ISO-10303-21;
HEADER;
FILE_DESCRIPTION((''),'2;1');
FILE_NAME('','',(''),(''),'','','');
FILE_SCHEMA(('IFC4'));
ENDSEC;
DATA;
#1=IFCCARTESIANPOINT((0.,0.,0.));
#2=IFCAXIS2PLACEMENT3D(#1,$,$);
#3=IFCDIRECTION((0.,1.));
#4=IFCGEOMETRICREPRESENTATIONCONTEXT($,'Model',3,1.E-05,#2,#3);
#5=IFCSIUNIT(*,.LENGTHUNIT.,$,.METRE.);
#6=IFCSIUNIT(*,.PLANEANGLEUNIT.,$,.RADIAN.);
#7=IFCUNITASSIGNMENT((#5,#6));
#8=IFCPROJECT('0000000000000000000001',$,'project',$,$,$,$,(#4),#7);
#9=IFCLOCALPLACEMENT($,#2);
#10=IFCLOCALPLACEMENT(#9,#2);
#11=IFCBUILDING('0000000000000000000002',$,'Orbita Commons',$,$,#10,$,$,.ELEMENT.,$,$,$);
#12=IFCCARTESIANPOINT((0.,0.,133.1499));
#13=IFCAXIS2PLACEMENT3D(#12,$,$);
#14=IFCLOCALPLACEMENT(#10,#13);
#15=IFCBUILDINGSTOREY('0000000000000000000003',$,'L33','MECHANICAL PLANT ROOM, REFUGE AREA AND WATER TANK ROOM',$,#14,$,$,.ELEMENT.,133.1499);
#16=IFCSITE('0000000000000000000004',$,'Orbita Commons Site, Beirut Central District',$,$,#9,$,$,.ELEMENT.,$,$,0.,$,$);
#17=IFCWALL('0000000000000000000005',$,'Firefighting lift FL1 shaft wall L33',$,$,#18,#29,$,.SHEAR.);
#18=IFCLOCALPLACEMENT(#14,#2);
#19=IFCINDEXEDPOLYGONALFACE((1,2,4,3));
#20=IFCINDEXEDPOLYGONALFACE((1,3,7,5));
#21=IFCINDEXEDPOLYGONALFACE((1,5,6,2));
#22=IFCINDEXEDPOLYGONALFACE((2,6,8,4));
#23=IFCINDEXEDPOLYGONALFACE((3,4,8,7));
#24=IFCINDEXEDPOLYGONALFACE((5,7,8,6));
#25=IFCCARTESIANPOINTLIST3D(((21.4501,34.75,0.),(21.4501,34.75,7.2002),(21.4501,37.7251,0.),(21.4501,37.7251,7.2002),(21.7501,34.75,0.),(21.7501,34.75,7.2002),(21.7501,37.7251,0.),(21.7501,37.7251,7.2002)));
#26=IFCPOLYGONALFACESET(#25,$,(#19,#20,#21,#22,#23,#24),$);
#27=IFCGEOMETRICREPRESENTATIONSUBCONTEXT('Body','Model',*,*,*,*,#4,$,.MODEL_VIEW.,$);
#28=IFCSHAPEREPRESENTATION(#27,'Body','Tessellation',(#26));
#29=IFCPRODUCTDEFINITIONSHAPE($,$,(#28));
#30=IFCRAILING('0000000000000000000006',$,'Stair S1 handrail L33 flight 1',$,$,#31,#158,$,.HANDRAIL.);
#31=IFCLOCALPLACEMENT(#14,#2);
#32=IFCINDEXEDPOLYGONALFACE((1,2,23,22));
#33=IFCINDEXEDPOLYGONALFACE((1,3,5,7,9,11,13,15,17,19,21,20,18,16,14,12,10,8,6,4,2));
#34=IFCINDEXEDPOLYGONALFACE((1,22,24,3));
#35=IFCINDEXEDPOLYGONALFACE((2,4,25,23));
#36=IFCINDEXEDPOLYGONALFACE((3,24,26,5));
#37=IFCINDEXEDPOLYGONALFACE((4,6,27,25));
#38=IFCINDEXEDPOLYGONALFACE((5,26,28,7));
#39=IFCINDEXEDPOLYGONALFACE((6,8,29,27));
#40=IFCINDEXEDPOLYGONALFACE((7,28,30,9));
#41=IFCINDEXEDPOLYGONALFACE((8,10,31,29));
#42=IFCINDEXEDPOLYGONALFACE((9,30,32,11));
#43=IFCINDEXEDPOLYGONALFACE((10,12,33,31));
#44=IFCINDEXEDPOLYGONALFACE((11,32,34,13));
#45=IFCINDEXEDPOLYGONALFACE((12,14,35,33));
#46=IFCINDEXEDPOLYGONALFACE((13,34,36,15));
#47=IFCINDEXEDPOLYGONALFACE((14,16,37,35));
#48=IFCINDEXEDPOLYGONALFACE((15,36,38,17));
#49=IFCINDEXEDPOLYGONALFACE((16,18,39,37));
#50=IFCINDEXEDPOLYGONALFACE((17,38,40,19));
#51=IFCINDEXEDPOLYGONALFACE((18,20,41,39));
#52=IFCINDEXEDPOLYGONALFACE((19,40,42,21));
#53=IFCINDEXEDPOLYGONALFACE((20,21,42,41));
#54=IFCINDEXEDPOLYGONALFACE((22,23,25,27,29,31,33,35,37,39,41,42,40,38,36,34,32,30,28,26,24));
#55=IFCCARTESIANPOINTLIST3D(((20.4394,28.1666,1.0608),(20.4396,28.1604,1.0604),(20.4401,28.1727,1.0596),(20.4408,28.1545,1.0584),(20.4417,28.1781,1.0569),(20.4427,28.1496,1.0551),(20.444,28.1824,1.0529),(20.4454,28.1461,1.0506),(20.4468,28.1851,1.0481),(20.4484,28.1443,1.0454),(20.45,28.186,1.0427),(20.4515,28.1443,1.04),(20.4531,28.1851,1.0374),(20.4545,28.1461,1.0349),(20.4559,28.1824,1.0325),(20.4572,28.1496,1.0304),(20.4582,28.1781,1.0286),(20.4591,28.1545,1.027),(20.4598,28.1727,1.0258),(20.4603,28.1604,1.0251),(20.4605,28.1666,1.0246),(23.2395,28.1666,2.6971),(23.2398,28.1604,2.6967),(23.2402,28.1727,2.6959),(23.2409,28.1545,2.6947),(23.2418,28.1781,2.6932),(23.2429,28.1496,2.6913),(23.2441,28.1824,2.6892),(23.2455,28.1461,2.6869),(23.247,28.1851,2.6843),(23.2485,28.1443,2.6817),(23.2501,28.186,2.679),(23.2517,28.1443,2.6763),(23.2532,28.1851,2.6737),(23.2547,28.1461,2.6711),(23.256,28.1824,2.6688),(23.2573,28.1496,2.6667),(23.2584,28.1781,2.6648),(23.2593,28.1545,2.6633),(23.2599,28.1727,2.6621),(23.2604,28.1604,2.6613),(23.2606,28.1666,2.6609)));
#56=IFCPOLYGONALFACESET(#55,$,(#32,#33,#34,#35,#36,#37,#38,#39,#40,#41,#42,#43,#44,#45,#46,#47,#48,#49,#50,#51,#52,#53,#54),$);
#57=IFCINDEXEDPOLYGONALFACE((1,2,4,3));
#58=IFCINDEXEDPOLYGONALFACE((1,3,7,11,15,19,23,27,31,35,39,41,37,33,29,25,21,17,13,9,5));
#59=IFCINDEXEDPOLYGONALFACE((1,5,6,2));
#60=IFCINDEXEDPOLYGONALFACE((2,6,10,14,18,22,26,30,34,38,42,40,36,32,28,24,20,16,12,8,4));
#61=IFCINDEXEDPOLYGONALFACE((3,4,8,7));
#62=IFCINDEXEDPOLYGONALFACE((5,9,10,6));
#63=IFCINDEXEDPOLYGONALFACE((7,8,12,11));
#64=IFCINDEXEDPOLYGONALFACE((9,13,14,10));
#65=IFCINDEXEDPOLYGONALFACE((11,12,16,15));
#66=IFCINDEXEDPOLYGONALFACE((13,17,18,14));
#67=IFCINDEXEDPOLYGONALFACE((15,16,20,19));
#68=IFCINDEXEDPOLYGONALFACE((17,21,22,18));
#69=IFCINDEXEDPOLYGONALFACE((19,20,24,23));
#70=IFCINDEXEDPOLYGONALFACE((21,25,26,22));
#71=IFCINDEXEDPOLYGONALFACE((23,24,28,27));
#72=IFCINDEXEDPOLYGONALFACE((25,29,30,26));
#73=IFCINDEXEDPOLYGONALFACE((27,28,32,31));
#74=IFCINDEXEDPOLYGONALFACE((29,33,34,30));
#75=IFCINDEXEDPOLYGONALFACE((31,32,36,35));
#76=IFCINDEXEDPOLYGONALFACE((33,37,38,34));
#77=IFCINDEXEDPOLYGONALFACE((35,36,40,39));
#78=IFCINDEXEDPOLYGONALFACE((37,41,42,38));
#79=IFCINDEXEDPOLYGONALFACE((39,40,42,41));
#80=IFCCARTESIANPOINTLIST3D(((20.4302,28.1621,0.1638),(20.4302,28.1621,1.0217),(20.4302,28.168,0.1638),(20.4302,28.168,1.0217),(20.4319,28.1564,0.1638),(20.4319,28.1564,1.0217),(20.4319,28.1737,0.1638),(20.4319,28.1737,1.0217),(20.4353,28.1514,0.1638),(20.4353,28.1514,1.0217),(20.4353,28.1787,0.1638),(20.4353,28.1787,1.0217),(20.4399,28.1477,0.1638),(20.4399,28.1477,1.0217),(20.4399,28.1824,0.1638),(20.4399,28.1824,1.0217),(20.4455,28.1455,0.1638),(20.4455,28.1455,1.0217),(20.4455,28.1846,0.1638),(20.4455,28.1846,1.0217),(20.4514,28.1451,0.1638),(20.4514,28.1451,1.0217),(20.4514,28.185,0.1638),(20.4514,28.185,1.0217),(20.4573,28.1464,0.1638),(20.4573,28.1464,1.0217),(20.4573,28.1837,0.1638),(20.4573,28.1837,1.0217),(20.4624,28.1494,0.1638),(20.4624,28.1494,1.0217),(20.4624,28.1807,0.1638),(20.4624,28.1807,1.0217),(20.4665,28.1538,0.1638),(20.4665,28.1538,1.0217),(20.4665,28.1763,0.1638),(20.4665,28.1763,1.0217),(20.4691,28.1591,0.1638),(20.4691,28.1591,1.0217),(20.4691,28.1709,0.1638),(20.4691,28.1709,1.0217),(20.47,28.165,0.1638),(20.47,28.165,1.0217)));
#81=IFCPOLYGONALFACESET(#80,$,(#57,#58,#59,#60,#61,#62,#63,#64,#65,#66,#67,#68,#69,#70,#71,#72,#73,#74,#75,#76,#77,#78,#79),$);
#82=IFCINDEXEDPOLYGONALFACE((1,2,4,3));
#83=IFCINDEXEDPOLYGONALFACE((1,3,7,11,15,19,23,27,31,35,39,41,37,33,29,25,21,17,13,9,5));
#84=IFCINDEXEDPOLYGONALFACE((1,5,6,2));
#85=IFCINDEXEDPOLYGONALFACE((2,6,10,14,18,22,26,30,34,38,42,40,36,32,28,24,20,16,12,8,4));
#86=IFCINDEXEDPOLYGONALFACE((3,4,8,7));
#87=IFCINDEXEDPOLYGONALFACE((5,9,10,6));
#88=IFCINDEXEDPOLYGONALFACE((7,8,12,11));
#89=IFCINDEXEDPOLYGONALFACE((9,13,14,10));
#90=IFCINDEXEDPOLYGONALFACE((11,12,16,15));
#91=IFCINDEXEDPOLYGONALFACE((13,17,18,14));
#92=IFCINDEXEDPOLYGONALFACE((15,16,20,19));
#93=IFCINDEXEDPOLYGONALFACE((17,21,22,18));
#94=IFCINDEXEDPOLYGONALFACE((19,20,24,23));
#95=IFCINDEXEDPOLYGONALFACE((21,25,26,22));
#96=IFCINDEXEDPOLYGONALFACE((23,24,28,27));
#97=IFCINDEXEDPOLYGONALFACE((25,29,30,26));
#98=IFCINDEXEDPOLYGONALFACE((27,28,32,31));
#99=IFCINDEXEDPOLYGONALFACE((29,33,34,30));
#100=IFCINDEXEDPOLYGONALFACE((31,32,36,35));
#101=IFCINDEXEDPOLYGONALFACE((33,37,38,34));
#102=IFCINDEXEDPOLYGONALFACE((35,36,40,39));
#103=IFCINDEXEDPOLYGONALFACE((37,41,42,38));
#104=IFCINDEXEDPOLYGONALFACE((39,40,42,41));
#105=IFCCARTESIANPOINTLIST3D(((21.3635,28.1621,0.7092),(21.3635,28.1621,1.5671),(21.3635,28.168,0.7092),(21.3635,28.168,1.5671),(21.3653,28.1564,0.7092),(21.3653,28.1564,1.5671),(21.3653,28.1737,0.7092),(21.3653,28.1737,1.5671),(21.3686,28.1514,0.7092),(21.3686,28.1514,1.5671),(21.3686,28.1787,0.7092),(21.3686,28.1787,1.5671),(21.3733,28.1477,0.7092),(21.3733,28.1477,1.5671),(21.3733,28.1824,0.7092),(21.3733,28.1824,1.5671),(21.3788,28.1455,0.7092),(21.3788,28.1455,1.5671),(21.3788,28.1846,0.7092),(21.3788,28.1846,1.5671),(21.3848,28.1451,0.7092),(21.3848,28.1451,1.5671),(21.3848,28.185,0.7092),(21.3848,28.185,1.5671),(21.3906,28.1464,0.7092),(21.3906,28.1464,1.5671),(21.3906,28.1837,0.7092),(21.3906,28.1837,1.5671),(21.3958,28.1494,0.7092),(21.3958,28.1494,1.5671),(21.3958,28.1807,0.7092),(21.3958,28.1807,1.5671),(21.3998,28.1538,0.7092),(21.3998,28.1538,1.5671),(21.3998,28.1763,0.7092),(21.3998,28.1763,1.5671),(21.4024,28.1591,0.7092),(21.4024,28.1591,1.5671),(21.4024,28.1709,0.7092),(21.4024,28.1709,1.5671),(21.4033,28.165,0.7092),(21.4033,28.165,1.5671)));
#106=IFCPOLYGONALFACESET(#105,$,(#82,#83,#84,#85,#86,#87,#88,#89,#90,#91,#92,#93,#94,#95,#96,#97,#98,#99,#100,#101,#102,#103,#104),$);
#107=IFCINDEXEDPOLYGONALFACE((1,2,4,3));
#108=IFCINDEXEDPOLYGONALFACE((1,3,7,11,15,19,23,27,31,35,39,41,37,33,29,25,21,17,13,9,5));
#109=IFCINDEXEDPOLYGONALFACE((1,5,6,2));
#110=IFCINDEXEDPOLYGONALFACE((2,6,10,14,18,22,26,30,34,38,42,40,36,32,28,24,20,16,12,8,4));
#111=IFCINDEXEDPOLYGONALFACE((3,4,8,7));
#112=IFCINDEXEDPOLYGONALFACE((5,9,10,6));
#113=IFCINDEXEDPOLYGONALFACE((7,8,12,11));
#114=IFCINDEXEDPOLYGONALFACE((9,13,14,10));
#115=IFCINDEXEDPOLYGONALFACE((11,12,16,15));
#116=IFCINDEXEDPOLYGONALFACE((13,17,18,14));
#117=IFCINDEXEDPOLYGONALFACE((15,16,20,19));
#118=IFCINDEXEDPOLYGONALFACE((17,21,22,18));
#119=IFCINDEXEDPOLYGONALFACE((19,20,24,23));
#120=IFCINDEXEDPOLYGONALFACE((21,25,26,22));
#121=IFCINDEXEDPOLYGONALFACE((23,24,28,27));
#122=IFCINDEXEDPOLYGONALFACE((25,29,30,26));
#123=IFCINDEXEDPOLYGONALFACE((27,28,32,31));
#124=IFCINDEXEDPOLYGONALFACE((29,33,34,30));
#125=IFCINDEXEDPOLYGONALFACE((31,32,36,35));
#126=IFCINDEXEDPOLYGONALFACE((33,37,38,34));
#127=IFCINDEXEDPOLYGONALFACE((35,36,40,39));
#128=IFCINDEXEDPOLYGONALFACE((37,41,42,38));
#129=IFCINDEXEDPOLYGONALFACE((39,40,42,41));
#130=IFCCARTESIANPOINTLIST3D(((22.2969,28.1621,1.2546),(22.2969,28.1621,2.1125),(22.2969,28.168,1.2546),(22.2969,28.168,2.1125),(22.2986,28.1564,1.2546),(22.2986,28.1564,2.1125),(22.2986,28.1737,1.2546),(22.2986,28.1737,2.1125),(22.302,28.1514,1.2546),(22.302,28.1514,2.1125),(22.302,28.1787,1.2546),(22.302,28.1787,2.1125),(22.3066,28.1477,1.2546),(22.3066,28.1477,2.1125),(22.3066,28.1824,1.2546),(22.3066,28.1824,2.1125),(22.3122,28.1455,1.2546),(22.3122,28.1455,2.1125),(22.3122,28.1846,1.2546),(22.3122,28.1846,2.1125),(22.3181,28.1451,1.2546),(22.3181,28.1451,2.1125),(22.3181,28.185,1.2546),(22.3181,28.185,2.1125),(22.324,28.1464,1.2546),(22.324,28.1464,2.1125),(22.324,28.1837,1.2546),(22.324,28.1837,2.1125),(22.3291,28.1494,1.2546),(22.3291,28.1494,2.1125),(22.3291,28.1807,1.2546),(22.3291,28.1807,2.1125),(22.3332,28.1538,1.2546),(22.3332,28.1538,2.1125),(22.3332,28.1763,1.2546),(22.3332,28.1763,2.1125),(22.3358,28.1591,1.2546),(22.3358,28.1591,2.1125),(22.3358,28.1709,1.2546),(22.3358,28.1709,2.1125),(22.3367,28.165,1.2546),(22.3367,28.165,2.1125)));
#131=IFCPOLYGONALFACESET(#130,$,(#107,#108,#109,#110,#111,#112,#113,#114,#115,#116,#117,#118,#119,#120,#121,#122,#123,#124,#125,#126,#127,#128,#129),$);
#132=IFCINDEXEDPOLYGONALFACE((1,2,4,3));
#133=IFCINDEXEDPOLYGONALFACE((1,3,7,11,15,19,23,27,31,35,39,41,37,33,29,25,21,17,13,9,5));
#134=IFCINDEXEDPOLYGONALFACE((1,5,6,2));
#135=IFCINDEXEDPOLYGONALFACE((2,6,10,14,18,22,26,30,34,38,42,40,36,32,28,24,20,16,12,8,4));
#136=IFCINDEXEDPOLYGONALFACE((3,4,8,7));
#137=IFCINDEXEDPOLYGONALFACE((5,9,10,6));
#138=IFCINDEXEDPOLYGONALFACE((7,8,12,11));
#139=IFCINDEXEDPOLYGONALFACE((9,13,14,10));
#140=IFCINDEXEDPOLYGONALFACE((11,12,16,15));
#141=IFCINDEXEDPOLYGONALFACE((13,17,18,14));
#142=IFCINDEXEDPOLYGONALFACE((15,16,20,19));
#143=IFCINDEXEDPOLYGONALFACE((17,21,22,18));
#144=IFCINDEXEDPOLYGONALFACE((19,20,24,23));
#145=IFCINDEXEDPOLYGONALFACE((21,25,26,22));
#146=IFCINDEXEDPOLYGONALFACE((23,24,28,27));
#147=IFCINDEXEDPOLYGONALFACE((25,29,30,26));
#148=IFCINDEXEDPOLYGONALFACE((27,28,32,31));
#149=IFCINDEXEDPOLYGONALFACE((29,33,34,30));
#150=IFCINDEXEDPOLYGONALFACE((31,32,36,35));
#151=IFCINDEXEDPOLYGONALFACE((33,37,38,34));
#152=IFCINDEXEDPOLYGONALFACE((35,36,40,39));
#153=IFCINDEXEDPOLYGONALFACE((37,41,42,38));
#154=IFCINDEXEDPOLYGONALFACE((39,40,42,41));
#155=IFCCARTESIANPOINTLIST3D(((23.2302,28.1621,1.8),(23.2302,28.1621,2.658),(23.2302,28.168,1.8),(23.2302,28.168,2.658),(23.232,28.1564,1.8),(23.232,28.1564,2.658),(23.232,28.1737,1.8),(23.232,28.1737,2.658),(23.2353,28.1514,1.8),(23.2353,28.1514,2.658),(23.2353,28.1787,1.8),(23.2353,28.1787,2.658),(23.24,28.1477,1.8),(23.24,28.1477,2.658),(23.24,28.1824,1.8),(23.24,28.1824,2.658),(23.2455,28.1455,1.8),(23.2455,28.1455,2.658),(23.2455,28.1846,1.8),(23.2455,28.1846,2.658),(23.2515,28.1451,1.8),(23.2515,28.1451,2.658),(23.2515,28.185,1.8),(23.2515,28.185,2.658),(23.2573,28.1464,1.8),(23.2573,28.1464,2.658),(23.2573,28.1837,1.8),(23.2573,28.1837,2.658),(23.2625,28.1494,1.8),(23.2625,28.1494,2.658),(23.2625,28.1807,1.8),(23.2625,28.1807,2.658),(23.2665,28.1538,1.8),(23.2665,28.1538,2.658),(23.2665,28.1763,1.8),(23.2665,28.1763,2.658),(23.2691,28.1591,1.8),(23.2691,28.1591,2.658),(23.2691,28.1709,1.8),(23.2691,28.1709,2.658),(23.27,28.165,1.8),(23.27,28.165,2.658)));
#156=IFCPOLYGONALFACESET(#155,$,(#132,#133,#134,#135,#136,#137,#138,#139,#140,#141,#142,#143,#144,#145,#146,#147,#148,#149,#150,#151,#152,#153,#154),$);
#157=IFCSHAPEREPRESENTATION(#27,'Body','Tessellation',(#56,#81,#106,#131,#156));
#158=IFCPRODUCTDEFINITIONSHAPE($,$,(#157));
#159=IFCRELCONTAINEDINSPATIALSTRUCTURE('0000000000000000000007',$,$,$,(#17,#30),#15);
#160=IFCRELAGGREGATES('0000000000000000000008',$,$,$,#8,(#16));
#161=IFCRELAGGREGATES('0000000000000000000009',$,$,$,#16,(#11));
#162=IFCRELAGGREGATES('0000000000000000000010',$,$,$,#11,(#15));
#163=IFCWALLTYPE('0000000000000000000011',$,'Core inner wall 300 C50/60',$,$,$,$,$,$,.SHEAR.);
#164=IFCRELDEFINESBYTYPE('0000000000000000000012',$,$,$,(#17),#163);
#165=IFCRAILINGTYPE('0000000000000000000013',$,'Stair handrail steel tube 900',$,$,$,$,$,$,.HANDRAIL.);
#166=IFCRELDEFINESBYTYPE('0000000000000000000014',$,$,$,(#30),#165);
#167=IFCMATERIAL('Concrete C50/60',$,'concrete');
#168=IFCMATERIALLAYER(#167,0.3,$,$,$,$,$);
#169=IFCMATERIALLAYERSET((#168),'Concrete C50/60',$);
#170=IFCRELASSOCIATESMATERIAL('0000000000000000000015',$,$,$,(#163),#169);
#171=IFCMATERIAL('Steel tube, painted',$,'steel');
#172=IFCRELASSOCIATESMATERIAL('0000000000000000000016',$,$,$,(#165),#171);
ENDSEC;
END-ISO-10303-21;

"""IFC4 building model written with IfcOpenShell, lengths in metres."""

from ifc_helpers import new_model, si_unit, direction, frame, frame_2d, origin, origin_2d, place, context, subcontext, project, spatial, rectangle, circle, extrude, material, layer, layer_set, type_object, element, save


model = new_model("IFC4")

# Units and contexts
model_context = context("Model", 3, precision=1e-05, world=origin(), true_north=direction((0.0, 1.0)))
body_context = subcontext(model_context, "Body", "Model", "MODEL_VIEW")
ifc_project = project(units=[si_unit("LENGTHUNIT", "METRE"), si_unit("PLANEANGLEUNIT", "RADIAN")], contexts=[model_context])

# Site, building, storey
site_placement = place(None, origin())
site = spatial("IfcSite", under=ifc_project, at=site_placement, Name="Orbita Commons Site, Beirut Central District", CompositionType="ELEMENT", RefElevation=0.0)
building_placement = place(site_placement, origin())
building = spatial("IfcBuilding", under=site, at=building_placement, Name="Orbita Commons", CompositionType="ELEMENT")
storey_placement = place(building_placement, frame((0.0, 0.0, 133.1499)))
storey = spatial("IfcBuildingStorey", under=building, at=storey_placement, Name="L33", Description="MECHANICAL PLANT ROOM, REFUGE AREA AND WATER TANK ROOM", CompositionType="ELEMENT", Elevation=133.1499)

# Wall
ifc_material_1 = material(Name="Concrete C50/60", Category="concrete")
ifc_layer = layer(ifc_material_1, 0.3)
ifc_layer_set = layer_set([ifc_layer], Name="Concrete C50/60")
wall_type = type_object("IfcWallType", Name="Core inner wall 300 C50/60", PredefinedType="SHEAR", material=ifc_layer_set)
wall_placement = place(storey_placement, frame((21.6001, 34.75, 0.0), z_axis=(0.0, 0.0, 1.0), x_axis=(0.0, 1.0, 0.0)))
element("IfcWall", 1, at=wall_placement, inside=storey, type_object=wall_type, Name="Firefighting lift FL1 shaft wall L33", PredefinedType="SHEAR", context=body_context, shape_type="SweptSolid", body=[
    extrude(rectangle(XDim=2.9751, YDim=0.3, at=frame_2d((1.4875, 0.0))), origin(), (0.0, 0.0, 1.0), 7.2002),
])

# Railing
ifc_material_2 = material(Name="Steel tube, painted", Category="steel")
railing_type = type_object("IfcRailingType", Name="Stair handrail steel tube 900", PredefinedType="HANDRAIL", material=ifc_material_2)
for number, where, name in (
    (2, (20.45, 28.165, 0.1638), "Stair S1 handrail L33 flight 1"),
):
    element("IfcRailing", number, at=place(storey_placement, frame(where)), inside=storey, type_object=railing_type, Name=name, PredefinedType="HANDRAIL", context=body_context, shape_type="SweptSolid", body=[
        extrude(circle(Radius=0.021, at=origin_2d()), frame((0.0, 0.0, 0.8789), z_axis=(0.863394, 0.0, 0.504531), x_axis=(0.0, 1.0, 0.0)), (0.0, 0.0, 1.0), 3.2432),
        extrude(circle(Radius=0.02, at=origin_2d()), origin(), (0.0, 0.0, 1.0), 0.8579),
        extrude(circle(Radius=0.02, at=origin_2d()), frame((0.9333, 0.0, 0.5454)), (0.0, 0.0, 1.0), 0.8579),
        extrude(circle(Radius=0.02, at=origin_2d()), frame((1.8667, 0.0, 1.0908)), (0.0, 0.0, 1.0), 0.8579),
        extrude(circle(Radius=0.02, at=origin_2d()), frame((2.8, 0.0, 1.6362)), (0.0, 0.0, 1.0), 0.8579),
    ])

save(model, "model.ifc")
